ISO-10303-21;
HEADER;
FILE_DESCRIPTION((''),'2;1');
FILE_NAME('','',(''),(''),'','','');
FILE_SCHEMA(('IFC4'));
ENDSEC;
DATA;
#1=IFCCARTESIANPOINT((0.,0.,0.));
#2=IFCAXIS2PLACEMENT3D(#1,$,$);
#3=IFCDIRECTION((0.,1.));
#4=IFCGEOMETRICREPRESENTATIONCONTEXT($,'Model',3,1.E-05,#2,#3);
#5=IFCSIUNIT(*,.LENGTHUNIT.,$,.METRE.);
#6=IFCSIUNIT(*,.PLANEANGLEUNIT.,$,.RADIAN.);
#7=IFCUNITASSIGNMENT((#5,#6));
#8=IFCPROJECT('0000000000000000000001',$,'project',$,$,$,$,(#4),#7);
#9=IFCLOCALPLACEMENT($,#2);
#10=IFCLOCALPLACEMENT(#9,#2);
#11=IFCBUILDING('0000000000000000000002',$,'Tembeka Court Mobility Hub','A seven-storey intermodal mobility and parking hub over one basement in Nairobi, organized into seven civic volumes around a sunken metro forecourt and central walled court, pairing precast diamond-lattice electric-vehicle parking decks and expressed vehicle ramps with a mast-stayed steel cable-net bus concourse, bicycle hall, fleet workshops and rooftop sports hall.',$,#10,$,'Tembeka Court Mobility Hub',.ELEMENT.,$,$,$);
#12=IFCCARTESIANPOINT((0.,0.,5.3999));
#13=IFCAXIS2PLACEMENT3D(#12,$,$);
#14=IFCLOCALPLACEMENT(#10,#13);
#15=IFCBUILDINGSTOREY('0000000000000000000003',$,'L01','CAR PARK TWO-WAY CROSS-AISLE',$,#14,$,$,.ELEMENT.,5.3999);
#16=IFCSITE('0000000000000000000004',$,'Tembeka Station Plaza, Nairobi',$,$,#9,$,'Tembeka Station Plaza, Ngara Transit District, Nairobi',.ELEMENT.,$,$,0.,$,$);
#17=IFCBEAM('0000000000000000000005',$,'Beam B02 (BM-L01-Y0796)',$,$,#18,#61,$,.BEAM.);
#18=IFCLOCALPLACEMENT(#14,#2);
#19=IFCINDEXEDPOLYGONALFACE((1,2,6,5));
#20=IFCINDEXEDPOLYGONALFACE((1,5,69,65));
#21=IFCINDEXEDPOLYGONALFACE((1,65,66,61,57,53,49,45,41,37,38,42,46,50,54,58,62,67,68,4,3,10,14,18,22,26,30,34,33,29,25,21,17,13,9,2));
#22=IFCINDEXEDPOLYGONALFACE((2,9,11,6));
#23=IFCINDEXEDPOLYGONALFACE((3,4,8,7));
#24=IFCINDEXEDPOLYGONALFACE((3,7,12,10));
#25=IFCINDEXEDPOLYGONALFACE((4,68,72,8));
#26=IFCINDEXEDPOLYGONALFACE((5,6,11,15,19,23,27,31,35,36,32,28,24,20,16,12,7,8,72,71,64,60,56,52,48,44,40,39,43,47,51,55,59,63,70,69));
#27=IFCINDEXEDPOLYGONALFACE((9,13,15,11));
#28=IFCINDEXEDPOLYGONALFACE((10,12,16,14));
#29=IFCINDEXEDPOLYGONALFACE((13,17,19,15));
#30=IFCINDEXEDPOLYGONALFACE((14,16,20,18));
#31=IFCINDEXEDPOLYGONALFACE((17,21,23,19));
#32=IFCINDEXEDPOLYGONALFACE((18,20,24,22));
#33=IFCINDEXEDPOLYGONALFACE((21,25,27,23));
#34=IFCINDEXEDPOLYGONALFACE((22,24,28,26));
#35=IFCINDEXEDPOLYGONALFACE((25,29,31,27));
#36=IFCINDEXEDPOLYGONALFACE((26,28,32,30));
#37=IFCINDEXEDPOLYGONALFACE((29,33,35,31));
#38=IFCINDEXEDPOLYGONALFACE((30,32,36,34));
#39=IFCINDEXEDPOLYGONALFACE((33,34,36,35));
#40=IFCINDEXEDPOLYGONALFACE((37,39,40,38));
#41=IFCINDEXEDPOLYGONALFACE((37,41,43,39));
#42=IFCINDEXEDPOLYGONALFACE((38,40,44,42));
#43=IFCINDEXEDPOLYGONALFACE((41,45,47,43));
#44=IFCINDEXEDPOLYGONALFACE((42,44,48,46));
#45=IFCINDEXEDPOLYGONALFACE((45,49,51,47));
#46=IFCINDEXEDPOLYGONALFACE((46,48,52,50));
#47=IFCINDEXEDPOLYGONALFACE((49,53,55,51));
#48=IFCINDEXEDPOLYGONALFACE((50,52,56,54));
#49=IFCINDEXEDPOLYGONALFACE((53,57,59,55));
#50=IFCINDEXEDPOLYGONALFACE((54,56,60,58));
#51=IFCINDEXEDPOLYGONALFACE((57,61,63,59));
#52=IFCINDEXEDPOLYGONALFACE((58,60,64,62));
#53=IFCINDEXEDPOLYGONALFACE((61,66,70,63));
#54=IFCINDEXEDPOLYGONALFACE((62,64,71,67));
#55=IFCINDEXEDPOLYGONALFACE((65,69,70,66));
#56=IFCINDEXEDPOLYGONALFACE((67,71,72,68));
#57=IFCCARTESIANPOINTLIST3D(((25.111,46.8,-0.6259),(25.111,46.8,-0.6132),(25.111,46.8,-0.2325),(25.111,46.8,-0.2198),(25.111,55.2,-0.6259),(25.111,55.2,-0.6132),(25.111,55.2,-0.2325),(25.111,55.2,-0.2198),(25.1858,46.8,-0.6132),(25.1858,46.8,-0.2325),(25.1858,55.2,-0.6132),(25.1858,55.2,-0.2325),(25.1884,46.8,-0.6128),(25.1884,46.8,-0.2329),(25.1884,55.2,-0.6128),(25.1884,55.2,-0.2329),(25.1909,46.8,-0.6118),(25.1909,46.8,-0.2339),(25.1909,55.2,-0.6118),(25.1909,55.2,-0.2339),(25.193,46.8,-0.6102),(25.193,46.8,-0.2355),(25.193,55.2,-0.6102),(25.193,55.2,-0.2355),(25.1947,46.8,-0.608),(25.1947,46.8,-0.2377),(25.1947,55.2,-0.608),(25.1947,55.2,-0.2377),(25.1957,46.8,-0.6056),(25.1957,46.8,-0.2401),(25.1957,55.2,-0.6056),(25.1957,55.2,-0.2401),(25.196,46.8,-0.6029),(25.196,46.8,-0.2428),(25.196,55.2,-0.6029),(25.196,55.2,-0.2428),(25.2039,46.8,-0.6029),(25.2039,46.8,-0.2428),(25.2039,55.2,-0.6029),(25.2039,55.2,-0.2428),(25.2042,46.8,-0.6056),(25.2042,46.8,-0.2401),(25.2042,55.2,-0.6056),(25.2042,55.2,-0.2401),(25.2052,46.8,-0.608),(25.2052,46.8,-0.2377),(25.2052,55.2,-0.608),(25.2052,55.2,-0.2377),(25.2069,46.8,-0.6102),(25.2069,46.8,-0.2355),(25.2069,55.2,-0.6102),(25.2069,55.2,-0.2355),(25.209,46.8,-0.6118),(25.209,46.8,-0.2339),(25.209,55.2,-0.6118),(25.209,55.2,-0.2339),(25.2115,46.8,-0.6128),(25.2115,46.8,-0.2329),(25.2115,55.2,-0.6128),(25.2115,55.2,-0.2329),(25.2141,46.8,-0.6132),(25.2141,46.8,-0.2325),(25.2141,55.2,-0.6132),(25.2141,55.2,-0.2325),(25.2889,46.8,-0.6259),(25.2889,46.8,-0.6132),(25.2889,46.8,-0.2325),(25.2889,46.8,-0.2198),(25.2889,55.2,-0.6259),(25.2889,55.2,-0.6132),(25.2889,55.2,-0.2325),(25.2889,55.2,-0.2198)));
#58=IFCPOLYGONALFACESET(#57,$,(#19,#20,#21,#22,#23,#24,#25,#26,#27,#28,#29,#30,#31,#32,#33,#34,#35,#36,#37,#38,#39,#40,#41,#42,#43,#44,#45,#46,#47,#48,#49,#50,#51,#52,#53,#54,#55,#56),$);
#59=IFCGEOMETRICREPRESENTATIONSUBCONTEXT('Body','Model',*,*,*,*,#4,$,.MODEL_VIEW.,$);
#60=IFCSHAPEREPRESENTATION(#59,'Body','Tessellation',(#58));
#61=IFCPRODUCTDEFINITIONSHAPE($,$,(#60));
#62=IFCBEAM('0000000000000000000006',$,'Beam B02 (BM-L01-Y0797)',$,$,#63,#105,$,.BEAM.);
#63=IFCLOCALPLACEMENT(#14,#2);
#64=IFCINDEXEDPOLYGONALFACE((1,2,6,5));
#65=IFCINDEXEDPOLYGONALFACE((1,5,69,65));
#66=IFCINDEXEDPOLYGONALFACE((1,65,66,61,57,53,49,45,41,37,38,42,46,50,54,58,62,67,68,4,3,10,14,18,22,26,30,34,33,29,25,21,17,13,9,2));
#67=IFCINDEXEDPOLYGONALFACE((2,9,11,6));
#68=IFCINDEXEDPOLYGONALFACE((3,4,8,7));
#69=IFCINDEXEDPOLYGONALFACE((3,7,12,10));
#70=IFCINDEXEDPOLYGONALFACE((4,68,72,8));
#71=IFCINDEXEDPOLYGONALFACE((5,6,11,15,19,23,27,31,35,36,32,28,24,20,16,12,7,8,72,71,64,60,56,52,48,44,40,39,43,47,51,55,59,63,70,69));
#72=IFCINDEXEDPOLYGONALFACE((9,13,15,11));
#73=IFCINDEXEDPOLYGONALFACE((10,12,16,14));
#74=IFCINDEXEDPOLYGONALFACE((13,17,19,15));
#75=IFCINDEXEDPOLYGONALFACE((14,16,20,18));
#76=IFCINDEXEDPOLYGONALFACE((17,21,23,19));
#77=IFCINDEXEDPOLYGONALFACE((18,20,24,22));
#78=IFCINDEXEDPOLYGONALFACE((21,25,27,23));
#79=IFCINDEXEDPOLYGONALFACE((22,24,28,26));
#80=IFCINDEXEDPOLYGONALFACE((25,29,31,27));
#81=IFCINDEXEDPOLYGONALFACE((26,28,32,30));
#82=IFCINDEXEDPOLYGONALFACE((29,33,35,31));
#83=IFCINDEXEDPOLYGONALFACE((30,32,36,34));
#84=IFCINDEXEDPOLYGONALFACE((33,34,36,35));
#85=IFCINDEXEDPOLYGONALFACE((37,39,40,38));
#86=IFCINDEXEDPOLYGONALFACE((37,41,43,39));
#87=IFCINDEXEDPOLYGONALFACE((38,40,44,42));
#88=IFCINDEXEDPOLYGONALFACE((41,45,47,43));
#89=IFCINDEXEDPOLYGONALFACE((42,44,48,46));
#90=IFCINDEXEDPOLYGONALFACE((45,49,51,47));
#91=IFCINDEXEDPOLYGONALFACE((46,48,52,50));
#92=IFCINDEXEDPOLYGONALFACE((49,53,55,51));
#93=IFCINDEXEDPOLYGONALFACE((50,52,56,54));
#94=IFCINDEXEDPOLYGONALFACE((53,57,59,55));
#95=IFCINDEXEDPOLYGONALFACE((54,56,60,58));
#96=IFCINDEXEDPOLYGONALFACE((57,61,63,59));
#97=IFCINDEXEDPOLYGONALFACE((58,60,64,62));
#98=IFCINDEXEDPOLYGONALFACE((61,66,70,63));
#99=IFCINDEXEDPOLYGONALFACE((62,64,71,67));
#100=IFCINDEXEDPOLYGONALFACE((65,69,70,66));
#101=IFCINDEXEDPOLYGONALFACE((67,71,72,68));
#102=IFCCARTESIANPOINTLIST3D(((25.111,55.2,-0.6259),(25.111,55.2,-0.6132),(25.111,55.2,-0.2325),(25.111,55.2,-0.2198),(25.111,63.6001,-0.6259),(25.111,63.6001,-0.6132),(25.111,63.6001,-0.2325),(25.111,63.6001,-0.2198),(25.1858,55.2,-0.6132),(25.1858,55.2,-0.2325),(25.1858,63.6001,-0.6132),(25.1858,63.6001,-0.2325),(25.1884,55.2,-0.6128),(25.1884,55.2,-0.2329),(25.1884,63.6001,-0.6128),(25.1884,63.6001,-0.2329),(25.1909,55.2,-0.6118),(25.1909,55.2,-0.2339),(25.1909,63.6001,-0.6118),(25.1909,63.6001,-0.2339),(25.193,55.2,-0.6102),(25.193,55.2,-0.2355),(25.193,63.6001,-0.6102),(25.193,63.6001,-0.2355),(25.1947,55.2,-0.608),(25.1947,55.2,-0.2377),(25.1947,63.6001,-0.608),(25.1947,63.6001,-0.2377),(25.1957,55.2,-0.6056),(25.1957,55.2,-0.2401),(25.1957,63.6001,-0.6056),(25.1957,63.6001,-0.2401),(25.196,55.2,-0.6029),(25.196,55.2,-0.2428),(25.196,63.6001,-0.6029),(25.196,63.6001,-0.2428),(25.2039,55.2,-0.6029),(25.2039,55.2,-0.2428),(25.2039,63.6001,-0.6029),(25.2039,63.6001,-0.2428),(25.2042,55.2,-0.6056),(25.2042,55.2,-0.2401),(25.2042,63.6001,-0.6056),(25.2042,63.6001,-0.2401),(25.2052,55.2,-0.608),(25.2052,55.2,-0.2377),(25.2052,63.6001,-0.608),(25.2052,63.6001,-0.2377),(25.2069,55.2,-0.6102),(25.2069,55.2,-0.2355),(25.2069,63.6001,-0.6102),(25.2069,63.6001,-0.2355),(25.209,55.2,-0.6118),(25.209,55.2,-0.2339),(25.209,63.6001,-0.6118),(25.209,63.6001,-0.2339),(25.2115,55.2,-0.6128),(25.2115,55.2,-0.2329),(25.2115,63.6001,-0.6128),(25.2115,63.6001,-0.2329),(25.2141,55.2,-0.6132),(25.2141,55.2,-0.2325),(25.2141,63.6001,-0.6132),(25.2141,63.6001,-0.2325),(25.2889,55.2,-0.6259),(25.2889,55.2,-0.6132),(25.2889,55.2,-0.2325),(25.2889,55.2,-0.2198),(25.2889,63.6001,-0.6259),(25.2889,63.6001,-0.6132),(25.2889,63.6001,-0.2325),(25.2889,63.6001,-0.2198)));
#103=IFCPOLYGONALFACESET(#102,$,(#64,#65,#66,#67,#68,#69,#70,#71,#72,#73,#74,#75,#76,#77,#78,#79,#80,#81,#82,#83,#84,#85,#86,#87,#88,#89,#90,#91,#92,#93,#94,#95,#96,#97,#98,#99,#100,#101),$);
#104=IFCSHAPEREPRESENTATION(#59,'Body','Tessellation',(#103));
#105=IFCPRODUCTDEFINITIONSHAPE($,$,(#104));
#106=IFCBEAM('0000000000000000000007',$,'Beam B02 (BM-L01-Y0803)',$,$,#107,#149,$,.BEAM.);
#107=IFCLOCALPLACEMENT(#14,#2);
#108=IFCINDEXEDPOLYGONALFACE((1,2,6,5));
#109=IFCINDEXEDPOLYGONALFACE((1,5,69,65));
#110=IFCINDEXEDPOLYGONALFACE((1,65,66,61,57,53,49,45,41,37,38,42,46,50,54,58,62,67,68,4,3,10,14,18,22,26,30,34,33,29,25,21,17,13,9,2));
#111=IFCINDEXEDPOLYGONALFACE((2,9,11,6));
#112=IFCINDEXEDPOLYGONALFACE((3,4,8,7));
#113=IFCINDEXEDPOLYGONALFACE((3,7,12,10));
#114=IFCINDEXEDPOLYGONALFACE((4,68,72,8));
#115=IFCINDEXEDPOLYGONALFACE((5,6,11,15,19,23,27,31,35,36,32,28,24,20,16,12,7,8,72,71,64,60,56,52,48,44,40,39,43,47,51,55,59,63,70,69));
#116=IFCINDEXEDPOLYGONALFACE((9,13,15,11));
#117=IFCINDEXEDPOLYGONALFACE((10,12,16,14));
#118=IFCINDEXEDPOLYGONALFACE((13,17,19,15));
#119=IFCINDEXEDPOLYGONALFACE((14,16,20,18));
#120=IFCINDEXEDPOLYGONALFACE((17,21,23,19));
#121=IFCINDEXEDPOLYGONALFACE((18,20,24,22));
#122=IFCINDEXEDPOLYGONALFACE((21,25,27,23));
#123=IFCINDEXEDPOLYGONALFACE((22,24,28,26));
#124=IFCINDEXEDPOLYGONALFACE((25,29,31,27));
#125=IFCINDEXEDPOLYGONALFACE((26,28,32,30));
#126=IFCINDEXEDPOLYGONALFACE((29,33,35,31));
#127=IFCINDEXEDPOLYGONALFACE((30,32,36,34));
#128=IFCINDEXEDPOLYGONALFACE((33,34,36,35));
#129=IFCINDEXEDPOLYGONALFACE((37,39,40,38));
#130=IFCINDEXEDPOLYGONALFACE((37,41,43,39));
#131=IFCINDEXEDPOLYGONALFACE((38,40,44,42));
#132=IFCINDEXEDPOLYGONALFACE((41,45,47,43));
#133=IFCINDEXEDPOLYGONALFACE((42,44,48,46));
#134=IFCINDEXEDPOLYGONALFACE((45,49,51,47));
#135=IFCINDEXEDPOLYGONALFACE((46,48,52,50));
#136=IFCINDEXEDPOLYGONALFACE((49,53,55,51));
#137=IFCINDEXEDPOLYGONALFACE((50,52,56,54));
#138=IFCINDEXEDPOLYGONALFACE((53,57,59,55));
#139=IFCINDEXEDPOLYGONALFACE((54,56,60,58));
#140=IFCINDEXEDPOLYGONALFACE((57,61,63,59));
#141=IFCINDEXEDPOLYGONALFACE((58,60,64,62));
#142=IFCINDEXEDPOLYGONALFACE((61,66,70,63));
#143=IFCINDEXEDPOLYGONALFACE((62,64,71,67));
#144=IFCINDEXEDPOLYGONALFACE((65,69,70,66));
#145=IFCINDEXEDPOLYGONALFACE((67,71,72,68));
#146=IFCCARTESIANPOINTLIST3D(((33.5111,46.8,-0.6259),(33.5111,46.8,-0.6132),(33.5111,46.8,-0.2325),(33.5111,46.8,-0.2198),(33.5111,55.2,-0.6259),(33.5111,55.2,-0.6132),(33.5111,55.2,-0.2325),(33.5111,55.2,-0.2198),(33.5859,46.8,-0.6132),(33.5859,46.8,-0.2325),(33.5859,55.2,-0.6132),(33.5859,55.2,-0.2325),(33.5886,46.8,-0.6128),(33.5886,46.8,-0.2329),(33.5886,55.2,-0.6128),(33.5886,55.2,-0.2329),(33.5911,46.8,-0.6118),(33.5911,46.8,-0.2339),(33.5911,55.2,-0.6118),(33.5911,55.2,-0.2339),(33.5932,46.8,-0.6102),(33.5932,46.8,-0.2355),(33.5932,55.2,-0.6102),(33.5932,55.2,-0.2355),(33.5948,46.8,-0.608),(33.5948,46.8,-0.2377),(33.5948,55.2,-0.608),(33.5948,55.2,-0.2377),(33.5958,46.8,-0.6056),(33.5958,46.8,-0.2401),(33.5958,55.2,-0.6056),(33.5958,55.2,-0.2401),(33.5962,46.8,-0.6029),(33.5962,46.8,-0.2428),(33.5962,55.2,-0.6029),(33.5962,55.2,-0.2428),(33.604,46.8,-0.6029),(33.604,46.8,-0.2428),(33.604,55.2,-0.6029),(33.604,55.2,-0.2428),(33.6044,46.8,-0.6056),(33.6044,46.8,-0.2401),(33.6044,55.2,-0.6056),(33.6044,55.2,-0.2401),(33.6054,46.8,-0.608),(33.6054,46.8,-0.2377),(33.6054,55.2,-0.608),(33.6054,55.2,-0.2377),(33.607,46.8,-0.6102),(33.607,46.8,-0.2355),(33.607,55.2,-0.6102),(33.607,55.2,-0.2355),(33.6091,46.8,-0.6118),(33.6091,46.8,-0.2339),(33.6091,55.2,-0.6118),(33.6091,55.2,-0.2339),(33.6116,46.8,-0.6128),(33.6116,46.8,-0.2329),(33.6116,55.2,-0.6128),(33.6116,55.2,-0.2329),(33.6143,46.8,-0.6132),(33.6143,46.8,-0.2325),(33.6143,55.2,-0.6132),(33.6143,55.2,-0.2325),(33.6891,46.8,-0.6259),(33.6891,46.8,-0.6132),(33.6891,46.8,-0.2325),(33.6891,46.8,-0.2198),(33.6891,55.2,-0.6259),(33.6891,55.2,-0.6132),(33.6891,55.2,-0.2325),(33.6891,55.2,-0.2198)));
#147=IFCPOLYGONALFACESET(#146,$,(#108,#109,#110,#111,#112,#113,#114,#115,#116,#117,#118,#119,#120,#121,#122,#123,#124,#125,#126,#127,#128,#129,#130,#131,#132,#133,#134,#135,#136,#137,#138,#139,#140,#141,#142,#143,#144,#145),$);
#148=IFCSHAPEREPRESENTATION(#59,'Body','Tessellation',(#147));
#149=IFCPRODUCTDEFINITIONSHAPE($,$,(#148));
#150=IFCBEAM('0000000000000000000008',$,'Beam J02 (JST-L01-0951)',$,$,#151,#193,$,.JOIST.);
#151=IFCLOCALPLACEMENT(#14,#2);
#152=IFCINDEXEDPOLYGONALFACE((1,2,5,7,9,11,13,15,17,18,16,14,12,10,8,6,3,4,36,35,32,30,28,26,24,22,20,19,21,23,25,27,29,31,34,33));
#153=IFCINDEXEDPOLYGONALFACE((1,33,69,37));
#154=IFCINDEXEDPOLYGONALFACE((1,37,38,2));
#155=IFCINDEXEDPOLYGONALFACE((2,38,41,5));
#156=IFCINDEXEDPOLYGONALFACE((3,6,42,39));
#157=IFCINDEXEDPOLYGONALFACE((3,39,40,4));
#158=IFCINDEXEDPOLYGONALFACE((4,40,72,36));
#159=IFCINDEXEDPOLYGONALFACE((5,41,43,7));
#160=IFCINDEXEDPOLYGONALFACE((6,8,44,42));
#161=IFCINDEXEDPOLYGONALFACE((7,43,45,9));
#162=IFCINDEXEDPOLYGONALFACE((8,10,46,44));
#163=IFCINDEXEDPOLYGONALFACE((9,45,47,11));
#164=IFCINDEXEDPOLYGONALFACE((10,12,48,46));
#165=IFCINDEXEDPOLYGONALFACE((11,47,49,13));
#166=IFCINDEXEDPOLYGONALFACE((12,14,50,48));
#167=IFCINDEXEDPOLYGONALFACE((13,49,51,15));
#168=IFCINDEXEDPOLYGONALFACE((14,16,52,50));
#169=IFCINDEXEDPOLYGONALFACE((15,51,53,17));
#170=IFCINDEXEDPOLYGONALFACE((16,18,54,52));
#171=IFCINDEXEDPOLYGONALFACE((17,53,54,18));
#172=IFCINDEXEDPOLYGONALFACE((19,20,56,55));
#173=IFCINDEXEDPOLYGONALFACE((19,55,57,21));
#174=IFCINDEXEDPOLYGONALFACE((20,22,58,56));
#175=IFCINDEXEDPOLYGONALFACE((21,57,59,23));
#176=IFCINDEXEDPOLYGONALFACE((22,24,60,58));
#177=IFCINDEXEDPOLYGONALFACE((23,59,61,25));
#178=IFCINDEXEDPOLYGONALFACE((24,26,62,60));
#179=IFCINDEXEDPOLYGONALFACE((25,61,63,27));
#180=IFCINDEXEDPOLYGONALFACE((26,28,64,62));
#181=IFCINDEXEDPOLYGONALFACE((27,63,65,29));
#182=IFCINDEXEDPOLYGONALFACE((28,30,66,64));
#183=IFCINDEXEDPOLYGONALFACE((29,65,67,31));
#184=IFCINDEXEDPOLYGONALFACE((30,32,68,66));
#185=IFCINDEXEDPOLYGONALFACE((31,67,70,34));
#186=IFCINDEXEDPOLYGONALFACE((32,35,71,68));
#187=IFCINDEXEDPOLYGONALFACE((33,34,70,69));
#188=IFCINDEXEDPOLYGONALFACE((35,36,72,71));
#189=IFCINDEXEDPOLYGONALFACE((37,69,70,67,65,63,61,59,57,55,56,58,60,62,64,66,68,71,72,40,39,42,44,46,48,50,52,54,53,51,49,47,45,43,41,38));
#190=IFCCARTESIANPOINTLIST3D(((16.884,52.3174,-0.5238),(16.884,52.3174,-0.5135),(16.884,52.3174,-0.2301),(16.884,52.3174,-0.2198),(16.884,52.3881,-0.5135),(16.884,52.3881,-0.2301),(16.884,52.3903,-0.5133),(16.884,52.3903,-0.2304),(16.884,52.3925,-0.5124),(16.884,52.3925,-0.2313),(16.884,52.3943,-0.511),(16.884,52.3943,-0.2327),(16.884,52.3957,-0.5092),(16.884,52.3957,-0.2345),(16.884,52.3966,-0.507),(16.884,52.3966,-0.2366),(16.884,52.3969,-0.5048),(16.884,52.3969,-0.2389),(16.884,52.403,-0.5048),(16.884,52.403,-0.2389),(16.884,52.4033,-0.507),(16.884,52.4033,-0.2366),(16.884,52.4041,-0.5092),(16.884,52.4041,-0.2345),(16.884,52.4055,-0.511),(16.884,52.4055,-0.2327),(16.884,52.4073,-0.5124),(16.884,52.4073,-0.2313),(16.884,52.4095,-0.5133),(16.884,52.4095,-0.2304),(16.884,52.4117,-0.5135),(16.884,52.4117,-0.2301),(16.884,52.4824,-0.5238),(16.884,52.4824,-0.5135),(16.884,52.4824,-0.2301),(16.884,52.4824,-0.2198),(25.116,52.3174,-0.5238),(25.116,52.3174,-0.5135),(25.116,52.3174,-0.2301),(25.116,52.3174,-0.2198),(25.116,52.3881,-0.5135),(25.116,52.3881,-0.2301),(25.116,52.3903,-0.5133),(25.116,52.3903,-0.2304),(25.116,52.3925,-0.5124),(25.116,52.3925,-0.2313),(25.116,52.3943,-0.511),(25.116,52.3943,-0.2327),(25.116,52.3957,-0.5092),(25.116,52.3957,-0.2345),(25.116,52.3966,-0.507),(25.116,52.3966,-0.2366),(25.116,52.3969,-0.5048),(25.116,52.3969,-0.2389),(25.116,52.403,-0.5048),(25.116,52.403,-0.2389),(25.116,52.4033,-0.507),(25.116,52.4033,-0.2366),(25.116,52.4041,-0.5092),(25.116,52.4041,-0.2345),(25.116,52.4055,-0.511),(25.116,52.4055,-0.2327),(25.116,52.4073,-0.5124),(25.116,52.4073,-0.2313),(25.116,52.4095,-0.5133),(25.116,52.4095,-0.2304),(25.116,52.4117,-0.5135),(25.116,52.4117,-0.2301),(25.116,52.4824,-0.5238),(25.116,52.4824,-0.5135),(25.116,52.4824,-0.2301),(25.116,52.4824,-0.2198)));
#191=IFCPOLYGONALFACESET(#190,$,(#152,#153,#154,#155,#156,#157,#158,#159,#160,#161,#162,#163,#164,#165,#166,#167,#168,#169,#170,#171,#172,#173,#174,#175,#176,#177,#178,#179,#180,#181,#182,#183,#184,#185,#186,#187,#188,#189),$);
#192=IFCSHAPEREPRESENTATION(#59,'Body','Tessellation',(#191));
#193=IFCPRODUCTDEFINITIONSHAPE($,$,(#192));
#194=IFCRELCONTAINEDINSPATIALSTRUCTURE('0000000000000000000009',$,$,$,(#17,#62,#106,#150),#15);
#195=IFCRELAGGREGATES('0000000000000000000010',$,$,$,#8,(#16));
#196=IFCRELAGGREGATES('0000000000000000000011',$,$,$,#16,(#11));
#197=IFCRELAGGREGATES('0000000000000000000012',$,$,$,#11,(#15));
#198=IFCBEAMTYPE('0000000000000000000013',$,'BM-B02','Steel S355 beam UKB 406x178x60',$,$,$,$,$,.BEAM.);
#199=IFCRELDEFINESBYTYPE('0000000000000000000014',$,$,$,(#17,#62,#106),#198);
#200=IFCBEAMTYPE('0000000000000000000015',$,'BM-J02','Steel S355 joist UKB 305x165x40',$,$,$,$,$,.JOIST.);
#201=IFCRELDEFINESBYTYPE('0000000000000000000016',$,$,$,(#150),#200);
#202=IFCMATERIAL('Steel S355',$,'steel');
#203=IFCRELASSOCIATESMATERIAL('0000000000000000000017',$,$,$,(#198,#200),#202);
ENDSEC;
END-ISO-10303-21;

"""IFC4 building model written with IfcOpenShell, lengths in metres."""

from ifc_helpers import new_model, si_unit, direction, frame, origin, origin_2d, place, context, subcontext, project, spatial, i_section, extrude, material, material_profile, profile_set, type_object, element, save


model = new_model("IFC4")

# Units and contexts
model_context = context("Model", 3, precision=1e-05, world=origin(), true_north=direction((0.0, 1.0)))
body_context = subcontext(model_context, "Body", "Model", "MODEL_VIEW")
ifc_project = project(units=[si_unit("LENGTHUNIT", "METRE"), si_unit("PLANEANGLEUNIT", "RADIAN")], contexts=[model_context])

# Site, building, storey
site_placement = place(None, origin())
site = spatial("IfcSite", under=ifc_project, at=site_placement, Name="Tembeka Station Plaza, Nairobi", LongName="Tembeka Station Plaza, Ngara Transit District, Nairobi", CompositionType="ELEMENT", RefElevation=0.0)
building_placement = place(site_placement, origin())
building = spatial("IfcBuilding", under=site, at=building_placement, Name="Tembeka Court Mobility Hub", Description="A seven-storey intermodal mobility and parking hub over one basement in Nairobi, organized into seven civic volumes around a sunken metro forecourt and central walled court, pairing precast diamond-lattice electric-vehicle parking decks and expressed vehicle ramps with a mast-stayed steel cable-net bus concourse, bicycle hall, fleet workshops and rooftop sports hall.", LongName="Tembeka Court Mobility Hub", CompositionType="ELEMENT")
storey_placement = place(building_placement, frame((0.0, 0.0, 5.3999)))
storey = spatial("IfcBuildingStorey", under=building, at=storey_placement, Name="L01", Description="CAR PARK TWO-WAY CROSS-AISLE", CompositionType="ELEMENT", Elevation=5.3999)

# Shared definitions
ifc_material_1 = material(Name="Steel S355", Category="steel")

# Beams
ifc_material_profile_1 = material_profile(ifc_material_1, i_section(OverallWidth=0.178, OverallDepth=0.406, WebThickness=0.0078, FlangeThickness=0.0127, FilletRadius=0.0103, at=origin_2d()), Name="UKB 406x178x60")
ifc_profile_set_1 = profile_set([ifc_material_profile_1], Name="Steel S355")
beam_type_1 = type_object("IfcBeamType", Name="BM-B02", Description="Steel S355 beam UKB 406x178x60", PredefinedType="BEAM", material=ifc_profile_set_1)
beam_1_placement = place(storey_placement, frame((25.2, 46.8, -0.4229), z_axis=(0.0, 1.0, 0.0), x_axis=(-1.0, 0.0, 0.0)))
element("IfcBeam", 1, at=beam_1_placement, inside=storey, type_object=beam_type_1, Name="Beam B02 (BM-L01-Y0796)", PredefinedType="BEAM", context=body_context, shape_type="SweptSolid", body=[
    extrude(i_section(OverallWidth=0.178, OverallDepth=0.406, WebThickness=0.0078, FlangeThickness=0.0127, FilletRadius=0.0103, at=origin_2d()), origin(), (0.0, 0.0, 1.0), 8.3999),
])
beam_2_placement = place(storey_placement, frame((25.2, 55.2, -0.4229), z_axis=(0.0, 1.0, 0.0), x_axis=(-1.0, 0.0, 0.0)))
element("IfcBeam", 2, at=beam_2_placement, inside=storey, type_object=beam_type_1, Name="Beam B02 (BM-L01-Y0797)", PredefinedType="BEAM", context=body_context, shape_type="SweptSolid", body=[
    extrude(i_section(OverallWidth=0.178, OverallDepth=0.406, WebThickness=0.0078, FlangeThickness=0.0127, FilletRadius=0.0103, at=origin_2d()), origin(), (0.0, 0.0, 1.0), 8.4001),
])
beam_3_placement = place(storey_placement, frame((33.6001, 46.8, -0.4229), z_axis=(0.0, 1.0, 0.0), x_axis=(-1.0, 0.0, 0.0)))
element("IfcBeam", 3, at=beam_3_placement, inside=storey, type_object=beam_type_1, Name="Beam B02 (BM-L01-Y0803)", PredefinedType="BEAM", context=body_context, shape_type="SweptSolid", body=[
    extrude(i_section(OverallWidth=0.178, OverallDepth=0.406, WebThickness=0.0078, FlangeThickness=0.0127, FilletRadius=0.0103, at=origin_2d()), origin(), (0.0, 0.0, 1.0), 8.3999),
])
ifc_material_profile_2 = material_profile(ifc_material_1, i_section(OverallWidth=0.165, OverallDepth=0.304, WebThickness=0.0061, FlangeThickness=0.0103, FilletRadius=0.0088, at=origin_2d()), Name="UKB 305x165x40")
ifc_profile_set_2 = profile_set([ifc_material_profile_2], Name="Steel S355")
beam_type_2 = type_object("IfcBeamType", Name="BM-J02", Description="Steel S355 joist UKB 305x165x40", PredefinedType="JOIST", material=ifc_profile_set_2)
beam_4_placement = place(storey_placement, frame((16.884, 52.3999, -0.3718), z_axis=(1.0, 0.0, 0.0), x_axis=(0.0, 1.0, 0.0)))
element("IfcBeam", 4, at=beam_4_placement, inside=storey, type_object=beam_type_2, Name="Beam J02 (JST-L01-0951)", PredefinedType="JOIST", context=body_context, shape_type="SweptSolid", body=[
    extrude(i_section(OverallWidth=0.165, OverallDepth=0.304, WebThickness=0.0061, FlangeThickness=0.0103, FilletRadius=0.0088, at=origin_2d()), origin(), (0.0, 0.0, 1.0), 8.2319),
])

save(model, "model.ifc")
